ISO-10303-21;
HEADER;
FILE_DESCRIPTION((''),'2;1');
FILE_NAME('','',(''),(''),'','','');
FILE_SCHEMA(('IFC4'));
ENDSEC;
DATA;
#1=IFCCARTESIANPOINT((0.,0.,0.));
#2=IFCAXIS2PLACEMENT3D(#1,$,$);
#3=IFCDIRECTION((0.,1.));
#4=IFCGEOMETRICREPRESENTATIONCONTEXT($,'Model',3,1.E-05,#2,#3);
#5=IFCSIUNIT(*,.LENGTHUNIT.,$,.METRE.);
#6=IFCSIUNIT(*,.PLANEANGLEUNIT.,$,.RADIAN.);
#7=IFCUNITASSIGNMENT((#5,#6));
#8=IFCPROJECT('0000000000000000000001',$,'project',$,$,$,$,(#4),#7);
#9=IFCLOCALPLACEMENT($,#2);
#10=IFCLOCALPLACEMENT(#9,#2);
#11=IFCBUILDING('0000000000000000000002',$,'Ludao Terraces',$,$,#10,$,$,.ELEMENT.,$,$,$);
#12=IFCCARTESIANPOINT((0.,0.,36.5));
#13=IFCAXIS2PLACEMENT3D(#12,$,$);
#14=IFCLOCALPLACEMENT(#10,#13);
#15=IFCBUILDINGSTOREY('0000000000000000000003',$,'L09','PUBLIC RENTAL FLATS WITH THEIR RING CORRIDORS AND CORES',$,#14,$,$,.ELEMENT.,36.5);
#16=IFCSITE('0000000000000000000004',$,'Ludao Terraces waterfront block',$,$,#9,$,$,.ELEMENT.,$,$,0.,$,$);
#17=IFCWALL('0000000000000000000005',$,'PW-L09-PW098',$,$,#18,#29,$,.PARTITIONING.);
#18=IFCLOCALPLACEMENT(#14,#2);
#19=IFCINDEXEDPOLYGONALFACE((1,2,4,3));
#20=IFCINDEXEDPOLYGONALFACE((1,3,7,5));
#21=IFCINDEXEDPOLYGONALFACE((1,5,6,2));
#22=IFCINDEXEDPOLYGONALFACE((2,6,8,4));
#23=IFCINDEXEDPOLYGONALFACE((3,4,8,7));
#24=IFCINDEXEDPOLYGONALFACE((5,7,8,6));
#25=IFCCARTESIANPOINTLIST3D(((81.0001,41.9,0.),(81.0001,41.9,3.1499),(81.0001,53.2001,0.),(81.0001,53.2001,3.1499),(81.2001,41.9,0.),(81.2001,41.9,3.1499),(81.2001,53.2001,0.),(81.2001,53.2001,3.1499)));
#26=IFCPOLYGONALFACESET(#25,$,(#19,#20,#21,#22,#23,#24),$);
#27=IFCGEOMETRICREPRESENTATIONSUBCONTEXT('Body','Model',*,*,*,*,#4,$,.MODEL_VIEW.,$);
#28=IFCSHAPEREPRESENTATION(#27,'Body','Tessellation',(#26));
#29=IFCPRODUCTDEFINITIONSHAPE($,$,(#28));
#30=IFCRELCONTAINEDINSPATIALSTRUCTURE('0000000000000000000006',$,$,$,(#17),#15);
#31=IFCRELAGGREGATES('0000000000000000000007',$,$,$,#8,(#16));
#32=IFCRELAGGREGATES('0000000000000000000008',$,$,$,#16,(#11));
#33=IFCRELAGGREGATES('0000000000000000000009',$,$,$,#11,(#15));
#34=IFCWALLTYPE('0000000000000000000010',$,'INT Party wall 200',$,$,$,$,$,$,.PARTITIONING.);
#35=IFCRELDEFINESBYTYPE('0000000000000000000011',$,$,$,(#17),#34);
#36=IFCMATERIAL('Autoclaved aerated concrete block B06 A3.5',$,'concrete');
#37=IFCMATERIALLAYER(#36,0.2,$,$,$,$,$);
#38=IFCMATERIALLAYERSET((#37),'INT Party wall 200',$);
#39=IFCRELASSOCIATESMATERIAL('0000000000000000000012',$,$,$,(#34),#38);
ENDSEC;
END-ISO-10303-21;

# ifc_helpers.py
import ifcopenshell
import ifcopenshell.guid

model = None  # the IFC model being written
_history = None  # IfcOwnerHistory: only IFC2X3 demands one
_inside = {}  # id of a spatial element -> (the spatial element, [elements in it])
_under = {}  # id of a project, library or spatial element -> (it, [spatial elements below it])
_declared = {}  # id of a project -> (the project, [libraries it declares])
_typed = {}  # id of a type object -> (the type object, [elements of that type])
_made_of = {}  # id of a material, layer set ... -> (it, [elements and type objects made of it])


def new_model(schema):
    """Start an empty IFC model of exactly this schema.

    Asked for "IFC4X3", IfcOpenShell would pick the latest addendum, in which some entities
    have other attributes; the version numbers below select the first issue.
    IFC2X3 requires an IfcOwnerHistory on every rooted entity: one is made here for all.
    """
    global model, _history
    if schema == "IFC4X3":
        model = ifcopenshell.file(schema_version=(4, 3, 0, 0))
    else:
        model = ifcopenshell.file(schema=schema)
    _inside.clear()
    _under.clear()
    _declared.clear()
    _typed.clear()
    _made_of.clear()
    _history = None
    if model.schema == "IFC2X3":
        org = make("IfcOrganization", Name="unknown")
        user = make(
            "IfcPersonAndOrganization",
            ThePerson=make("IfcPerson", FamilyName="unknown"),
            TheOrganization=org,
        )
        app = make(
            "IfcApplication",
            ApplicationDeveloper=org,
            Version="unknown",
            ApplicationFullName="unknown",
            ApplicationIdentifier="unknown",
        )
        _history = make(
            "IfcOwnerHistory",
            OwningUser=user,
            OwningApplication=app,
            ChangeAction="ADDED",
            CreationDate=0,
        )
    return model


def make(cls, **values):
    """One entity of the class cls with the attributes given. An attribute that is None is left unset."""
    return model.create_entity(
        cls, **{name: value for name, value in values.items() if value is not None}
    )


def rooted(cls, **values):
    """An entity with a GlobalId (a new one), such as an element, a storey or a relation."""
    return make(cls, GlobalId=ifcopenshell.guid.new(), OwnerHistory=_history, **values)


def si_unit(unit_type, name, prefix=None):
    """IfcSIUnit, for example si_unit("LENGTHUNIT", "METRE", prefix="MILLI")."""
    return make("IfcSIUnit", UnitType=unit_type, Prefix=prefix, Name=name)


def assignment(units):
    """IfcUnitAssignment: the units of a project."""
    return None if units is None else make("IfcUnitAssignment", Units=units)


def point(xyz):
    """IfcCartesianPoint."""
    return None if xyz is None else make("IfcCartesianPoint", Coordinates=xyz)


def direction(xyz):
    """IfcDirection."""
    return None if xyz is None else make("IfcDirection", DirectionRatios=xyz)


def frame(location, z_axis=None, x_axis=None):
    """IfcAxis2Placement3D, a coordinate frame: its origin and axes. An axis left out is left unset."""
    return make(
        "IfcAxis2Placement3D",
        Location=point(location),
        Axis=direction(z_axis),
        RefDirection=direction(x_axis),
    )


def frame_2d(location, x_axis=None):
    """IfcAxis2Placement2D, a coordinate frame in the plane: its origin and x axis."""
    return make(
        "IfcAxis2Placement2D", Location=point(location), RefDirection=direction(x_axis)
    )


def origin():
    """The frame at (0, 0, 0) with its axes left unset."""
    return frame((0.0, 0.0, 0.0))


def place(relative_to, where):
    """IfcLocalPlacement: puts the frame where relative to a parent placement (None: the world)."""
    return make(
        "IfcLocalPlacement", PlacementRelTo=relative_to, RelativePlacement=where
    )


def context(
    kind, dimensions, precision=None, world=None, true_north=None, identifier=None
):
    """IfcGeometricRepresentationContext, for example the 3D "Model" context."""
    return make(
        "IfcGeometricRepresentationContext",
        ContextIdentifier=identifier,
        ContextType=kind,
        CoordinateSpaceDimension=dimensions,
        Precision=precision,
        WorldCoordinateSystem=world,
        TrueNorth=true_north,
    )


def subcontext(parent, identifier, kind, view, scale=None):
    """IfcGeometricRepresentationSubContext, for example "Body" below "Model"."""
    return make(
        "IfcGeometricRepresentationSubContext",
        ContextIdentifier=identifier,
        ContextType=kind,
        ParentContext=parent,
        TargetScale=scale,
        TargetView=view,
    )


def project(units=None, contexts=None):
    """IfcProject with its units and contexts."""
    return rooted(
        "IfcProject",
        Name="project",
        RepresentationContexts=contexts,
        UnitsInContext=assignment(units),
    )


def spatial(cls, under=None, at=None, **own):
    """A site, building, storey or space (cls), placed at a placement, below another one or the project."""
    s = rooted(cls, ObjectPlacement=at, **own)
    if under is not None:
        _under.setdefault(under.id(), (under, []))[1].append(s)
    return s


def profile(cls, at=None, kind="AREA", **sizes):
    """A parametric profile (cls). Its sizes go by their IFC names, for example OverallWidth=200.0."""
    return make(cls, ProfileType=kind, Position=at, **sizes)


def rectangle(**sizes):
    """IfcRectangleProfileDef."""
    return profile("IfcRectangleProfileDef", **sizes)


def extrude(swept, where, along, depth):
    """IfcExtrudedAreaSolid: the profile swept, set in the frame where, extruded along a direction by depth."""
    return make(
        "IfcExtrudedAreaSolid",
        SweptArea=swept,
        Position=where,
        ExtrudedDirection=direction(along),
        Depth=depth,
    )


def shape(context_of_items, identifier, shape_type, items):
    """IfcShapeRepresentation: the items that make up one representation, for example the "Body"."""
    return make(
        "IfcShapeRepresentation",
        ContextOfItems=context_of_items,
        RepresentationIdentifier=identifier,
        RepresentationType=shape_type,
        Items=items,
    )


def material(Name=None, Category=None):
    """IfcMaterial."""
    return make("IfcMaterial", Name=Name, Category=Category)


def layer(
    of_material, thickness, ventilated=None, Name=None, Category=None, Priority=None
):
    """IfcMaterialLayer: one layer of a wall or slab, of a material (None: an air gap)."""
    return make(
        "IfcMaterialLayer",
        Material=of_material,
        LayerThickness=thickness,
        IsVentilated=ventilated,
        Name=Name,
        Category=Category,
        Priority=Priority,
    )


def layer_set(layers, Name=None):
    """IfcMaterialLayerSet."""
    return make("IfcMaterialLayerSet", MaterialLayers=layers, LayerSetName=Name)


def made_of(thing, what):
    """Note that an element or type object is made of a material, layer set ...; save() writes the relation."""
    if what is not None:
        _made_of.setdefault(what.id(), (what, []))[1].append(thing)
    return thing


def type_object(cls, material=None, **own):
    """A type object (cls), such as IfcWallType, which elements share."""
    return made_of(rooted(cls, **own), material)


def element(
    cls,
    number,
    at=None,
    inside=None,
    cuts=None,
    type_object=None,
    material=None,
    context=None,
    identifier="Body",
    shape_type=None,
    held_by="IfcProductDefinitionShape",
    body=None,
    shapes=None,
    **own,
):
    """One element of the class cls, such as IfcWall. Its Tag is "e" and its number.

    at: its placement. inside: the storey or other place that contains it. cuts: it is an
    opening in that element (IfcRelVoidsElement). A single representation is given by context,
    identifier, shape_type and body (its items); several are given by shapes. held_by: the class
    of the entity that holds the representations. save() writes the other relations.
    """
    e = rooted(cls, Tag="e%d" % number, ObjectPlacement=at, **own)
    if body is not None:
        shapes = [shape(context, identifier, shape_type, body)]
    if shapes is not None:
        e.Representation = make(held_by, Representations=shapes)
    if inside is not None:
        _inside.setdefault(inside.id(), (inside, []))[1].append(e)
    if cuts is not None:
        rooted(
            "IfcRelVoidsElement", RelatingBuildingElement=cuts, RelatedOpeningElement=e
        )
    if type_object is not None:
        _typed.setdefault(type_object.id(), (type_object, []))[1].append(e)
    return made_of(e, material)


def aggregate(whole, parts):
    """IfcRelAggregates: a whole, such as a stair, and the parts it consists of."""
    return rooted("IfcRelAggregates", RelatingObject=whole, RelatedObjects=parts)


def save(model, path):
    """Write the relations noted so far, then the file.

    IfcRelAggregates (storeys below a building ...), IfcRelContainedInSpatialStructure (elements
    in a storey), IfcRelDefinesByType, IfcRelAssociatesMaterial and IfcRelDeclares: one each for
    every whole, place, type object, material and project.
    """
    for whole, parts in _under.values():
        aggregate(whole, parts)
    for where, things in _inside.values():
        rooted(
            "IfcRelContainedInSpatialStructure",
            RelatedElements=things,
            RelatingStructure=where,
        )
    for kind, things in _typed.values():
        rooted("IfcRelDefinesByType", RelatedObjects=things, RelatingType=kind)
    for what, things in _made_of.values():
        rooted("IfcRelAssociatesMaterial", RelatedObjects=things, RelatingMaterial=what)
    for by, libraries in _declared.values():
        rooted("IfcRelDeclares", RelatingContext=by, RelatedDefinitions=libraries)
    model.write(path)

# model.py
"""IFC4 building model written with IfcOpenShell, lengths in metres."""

from ifc_helpers import new_model, si_unit, direction, frame, frame_2d, origin, place, context, subcontext, project, spatial, rectangle, extrude, material, layer, layer_set, type_object, element, save


model = new_model("IFC4")

# Units and contexts
model_context = context("Model", 3, precision=1e-05, world=origin(), true_north=direction((0.0, 1.0)))
body_context = subcontext(model_context, "Body", "Model", "MODEL_VIEW")
ifc_project = project(units=[si_unit("LENGTHUNIT", "METRE"), si_unit("PLANEANGLEUNIT", "RADIAN")], contexts=[model_context])

# Site, building, storey
site_placement = place(None, origin())
site = spatial("IfcSite", under=ifc_project, at=site_placement, Name="Ludao Terraces waterfront block", CompositionType="ELEMENT", RefElevation=0.0)
building_placement = place(site_placement, origin())
building = spatial("IfcBuilding", under=site, at=building_placement, Name="Ludao Terraces", CompositionType="ELEMENT")
storey_placement = place(building_placement, frame((0.0, 0.0, 36.5)))
storey = spatial("IfcBuildingStorey", under=building, at=storey_placement, Name="L09", Description="PUBLIC RENTAL FLATS WITH THEIR RING CORRIDORS AND CORES", CompositionType="ELEMENT", Elevation=36.5)

# Wall
ifc_material_1 = material(Name="Autoclaved aerated concrete block B06 A3.5", Category="concrete")
ifc_layer_1 = layer(ifc_material_1, 0.2)
ifc_layer_set_1 = layer_set([ifc_layer_1], Name="INT Party wall 200")
wall_type_1 = type_object("IfcWallType", Name="INT Party wall 200", PredefinedType="PARTITIONING", material=ifc_layer_set_1)
for number, where, z_axis, x_axis, name in (
    (1, (81.1001, 41.9001, 0.0), (0.0, 0.0, 1.0), (0.0, 1.0, 0.0), "PW-L09-PW098"),
):
    element("IfcWall", number, at=place(storey_placement, frame(where, z_axis=z_axis, x_axis=x_axis)), inside=storey, type_object=wall_type_1, Name=name, PredefinedType="PARTITIONING", context=body_context, shape_type="SweptSolid", body=[
        extrude(rectangle(XDim=11.3, YDim=0.2, at=frame_2d((5.6499, 0.0))), origin(), (0.0, 0.0, 1.0), 3.1499),
    ])

save(model, "model.ifc")
